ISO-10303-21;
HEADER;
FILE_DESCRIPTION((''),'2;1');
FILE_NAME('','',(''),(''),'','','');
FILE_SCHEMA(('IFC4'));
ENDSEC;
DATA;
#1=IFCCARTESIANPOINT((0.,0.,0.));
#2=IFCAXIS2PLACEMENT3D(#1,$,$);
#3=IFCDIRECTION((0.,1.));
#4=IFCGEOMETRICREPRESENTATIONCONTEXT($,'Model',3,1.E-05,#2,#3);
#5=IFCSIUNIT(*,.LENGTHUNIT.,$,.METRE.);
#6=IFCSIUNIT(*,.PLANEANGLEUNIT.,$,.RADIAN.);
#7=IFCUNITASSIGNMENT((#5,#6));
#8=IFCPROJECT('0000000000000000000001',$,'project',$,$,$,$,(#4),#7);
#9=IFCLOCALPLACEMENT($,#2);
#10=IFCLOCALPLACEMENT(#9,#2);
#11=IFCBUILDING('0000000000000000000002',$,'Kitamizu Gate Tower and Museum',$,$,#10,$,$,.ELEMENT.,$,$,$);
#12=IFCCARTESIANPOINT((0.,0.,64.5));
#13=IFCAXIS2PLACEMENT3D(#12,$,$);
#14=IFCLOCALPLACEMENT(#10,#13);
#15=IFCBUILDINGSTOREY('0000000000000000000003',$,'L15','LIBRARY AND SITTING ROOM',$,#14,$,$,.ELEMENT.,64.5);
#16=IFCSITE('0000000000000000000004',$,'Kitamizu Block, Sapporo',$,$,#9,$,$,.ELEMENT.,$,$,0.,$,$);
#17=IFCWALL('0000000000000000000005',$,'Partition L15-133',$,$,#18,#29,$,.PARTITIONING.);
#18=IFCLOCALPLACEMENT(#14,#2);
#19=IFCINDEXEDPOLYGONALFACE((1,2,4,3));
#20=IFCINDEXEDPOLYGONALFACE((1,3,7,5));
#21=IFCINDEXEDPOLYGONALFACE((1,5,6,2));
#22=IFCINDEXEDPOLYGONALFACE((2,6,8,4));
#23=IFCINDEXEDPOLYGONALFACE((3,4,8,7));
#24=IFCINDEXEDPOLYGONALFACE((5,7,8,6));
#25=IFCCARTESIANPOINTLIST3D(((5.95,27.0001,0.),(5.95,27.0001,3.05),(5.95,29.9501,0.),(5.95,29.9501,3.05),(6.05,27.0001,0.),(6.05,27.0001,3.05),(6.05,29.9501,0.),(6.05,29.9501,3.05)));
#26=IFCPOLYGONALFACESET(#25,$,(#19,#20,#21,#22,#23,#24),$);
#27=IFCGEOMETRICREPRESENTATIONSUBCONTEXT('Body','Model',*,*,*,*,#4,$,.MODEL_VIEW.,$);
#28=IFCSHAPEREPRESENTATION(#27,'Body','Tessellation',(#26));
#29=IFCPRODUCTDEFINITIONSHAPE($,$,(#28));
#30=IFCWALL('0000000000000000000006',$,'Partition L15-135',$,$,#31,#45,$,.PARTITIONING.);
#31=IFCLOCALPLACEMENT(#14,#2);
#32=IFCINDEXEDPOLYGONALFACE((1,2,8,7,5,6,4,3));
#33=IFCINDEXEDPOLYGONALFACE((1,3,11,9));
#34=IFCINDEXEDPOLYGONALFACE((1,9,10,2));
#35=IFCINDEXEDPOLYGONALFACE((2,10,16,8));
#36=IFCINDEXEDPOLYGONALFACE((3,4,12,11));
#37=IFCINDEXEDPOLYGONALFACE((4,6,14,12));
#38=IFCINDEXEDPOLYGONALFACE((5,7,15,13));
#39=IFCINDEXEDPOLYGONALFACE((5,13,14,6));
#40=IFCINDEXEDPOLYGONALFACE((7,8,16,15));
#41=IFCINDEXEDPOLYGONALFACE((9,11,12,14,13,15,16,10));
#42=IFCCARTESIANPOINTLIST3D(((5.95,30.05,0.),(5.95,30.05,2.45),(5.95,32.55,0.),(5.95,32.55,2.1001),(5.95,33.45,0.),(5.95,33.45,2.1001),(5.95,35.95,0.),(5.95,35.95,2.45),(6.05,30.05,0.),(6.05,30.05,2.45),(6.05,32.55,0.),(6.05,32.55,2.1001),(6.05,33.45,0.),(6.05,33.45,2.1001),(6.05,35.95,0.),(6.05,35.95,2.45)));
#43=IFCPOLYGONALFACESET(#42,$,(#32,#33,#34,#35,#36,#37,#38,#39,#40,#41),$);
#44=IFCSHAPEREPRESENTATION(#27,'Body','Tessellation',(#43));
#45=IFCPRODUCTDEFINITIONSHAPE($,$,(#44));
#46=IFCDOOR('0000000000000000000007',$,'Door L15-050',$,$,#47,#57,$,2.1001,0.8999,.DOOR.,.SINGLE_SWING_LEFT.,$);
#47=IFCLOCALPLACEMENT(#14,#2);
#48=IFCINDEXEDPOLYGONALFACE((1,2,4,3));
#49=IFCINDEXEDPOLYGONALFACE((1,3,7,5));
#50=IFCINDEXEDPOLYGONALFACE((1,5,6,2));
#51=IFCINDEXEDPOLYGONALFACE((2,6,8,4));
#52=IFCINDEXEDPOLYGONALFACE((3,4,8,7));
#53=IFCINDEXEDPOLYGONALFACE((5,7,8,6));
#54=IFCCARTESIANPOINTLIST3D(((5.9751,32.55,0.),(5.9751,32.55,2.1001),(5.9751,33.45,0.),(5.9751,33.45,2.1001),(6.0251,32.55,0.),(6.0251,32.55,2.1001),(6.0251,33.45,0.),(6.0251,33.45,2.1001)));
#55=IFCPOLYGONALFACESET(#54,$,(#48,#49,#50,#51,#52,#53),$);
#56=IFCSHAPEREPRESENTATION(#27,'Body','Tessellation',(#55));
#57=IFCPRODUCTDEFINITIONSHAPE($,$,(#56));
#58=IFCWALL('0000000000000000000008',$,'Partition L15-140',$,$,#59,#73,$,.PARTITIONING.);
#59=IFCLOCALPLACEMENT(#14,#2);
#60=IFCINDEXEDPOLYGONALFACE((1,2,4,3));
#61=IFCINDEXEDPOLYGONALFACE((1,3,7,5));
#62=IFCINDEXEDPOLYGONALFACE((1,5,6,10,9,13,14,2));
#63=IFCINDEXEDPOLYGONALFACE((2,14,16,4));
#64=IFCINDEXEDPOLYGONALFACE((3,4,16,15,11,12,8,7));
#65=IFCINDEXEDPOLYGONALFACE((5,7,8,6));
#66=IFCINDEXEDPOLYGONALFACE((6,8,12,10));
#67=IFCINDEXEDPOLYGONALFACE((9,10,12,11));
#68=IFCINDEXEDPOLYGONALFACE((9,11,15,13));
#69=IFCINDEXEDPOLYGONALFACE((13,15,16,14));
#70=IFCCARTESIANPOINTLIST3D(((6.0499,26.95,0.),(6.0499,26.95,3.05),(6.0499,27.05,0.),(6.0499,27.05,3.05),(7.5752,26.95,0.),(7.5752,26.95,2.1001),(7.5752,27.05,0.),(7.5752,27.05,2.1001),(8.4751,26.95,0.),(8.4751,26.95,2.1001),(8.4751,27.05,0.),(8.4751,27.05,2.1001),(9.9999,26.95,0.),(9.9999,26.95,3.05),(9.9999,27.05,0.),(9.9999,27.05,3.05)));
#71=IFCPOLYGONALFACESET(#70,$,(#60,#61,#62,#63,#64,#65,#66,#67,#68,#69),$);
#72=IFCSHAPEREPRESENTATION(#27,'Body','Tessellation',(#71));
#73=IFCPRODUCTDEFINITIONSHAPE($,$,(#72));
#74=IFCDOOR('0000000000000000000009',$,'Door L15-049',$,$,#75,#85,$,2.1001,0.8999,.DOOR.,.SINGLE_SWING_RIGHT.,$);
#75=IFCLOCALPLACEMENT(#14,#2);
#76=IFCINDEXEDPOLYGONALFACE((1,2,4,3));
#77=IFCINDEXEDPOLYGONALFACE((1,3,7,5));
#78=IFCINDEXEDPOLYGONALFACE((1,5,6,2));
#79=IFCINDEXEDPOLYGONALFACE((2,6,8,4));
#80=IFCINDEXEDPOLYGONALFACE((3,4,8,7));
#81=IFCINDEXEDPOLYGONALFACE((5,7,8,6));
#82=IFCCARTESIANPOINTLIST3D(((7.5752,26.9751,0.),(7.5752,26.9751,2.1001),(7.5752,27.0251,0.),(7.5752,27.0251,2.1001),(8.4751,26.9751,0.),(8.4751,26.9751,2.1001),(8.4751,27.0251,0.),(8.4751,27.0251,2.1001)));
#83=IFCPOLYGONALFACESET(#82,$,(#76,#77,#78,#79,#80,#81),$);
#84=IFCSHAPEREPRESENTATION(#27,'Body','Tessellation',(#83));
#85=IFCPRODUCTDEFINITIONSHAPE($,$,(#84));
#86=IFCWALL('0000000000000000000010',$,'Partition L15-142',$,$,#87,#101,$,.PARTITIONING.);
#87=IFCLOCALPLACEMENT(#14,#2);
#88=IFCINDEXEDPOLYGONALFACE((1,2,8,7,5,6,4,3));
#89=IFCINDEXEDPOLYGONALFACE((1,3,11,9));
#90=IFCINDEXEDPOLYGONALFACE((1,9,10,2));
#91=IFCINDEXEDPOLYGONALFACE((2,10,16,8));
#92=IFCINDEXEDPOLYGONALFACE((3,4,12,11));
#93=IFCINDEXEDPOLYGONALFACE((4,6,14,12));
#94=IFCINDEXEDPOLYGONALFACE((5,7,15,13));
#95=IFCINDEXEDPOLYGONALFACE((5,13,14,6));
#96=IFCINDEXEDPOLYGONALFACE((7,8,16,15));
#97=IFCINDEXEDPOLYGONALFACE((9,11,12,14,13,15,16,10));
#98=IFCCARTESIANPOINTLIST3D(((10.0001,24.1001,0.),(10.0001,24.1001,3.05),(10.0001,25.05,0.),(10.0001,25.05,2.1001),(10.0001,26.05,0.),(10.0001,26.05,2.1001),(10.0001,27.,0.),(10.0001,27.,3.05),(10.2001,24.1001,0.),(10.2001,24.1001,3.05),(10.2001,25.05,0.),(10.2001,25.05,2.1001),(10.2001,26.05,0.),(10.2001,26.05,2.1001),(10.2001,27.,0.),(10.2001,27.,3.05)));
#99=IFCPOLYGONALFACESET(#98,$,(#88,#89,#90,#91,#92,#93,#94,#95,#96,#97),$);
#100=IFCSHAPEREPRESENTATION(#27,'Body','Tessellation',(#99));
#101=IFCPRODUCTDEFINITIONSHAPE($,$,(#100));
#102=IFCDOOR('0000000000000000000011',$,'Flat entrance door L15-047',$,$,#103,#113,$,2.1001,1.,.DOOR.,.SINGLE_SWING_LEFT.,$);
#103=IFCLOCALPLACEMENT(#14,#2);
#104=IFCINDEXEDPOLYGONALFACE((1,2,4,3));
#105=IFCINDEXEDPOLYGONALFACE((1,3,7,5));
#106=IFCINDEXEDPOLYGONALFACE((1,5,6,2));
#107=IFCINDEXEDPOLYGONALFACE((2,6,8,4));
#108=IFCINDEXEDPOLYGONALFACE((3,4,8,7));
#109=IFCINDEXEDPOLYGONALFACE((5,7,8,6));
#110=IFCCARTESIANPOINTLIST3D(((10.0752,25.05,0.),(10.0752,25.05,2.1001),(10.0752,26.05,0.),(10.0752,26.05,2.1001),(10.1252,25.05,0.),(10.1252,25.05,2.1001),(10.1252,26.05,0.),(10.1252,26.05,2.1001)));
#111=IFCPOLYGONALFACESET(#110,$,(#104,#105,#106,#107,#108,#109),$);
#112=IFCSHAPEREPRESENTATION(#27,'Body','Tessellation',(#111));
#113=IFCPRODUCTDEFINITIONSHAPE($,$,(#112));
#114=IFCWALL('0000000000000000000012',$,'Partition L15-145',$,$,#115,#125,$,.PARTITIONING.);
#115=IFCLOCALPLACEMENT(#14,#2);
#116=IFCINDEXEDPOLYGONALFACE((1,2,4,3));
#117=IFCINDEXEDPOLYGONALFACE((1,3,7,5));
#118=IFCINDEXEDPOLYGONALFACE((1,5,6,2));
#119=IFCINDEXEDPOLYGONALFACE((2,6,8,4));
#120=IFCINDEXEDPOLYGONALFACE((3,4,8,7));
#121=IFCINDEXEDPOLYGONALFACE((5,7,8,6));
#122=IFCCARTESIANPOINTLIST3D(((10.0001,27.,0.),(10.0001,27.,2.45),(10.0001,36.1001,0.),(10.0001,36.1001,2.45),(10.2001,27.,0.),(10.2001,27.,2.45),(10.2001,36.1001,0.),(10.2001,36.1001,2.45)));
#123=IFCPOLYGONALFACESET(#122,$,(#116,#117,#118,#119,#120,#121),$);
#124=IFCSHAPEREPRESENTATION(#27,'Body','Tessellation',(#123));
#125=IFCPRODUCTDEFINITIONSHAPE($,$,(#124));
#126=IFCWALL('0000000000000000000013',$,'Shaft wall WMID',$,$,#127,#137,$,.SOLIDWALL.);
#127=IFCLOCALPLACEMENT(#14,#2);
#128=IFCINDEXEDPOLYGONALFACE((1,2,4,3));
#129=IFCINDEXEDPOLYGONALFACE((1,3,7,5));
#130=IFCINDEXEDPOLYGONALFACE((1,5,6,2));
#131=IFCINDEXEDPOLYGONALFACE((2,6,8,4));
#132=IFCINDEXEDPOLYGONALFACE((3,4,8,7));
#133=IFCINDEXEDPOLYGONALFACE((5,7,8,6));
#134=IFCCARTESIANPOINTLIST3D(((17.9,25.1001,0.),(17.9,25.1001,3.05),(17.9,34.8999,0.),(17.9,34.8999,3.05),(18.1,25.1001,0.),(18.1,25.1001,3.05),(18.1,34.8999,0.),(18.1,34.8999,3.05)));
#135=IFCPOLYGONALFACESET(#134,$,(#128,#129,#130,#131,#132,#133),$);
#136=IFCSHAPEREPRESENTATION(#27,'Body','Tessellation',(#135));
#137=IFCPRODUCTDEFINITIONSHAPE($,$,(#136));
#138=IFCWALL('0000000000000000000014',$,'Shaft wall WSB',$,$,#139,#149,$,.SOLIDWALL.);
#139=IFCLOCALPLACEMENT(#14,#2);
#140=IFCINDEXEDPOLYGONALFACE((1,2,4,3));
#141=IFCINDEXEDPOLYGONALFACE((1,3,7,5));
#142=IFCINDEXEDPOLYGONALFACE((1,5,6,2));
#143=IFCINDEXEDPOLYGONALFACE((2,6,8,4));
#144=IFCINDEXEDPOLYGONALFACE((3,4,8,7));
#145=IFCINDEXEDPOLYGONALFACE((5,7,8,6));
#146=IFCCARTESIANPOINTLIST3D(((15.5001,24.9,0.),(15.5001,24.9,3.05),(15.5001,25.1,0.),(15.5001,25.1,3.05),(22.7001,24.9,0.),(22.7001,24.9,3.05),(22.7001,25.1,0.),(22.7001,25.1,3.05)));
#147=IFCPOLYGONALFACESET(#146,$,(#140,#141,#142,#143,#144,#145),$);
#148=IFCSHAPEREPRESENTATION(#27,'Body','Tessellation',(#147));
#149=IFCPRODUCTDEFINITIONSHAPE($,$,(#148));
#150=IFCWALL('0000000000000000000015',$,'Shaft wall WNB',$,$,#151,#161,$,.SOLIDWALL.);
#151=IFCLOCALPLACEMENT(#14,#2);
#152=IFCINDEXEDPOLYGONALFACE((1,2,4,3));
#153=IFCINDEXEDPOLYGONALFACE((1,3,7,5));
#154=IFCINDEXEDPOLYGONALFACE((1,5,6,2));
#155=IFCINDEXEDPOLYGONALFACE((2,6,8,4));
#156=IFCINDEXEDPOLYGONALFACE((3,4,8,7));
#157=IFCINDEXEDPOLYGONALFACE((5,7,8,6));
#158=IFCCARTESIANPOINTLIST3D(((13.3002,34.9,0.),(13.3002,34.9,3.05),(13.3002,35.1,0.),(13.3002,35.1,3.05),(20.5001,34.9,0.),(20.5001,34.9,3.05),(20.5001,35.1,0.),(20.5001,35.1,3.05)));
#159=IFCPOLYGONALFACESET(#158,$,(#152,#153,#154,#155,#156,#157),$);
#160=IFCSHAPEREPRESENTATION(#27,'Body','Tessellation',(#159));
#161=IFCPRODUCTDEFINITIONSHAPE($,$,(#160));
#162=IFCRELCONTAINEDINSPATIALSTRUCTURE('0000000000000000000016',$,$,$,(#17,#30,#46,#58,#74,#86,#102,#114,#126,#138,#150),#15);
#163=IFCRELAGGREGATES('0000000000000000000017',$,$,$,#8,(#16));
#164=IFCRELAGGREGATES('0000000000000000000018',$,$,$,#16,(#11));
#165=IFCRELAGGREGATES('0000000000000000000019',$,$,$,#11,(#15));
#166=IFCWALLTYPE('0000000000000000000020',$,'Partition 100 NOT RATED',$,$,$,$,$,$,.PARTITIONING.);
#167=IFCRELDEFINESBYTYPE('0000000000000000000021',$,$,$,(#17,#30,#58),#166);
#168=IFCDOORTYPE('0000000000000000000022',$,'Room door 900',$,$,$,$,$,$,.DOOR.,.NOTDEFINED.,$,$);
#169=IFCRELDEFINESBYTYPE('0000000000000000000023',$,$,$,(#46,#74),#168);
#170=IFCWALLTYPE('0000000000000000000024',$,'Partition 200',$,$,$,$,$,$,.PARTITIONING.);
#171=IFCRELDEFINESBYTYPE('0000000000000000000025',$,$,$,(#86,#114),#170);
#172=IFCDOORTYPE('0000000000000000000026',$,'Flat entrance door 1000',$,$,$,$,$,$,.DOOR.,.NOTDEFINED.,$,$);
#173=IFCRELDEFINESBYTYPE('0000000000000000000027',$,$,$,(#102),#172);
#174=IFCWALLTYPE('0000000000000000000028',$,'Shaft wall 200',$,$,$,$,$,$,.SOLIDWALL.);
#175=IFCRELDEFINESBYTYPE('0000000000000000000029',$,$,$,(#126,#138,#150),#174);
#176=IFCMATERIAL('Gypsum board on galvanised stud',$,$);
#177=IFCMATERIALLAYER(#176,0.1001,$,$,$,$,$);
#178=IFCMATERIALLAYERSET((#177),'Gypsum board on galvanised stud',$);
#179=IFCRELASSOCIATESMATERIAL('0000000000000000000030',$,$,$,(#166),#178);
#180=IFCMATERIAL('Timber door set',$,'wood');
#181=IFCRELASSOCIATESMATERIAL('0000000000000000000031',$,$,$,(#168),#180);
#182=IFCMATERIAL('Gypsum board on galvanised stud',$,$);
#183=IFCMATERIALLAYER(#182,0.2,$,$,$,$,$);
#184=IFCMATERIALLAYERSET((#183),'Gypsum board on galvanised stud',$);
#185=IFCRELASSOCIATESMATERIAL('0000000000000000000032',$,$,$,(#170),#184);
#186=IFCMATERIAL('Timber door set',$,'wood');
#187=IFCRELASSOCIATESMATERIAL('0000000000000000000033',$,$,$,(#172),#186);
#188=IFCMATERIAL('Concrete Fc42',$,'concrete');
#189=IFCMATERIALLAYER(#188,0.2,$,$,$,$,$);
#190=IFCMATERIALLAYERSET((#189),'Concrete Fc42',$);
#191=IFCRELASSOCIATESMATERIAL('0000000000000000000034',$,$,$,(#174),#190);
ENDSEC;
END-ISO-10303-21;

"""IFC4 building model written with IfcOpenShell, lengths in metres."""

from ifc_helpers import new_model, si_unit, direction, frame, frame_2d, origin, place, context, subcontext, project, spatial, rectangle, extrude, material, layer, layer_set, type_object, element, fill, save


model = new_model("IFC4")

# Units and contexts
model_context = context("Model", 3, precision=1e-05, world=origin(), true_north=direction((0.0, 1.0)))
body_context = subcontext(model_context, "Body", "Model", "MODEL_VIEW")
ifc_project = project(units=[si_unit("LENGTHUNIT", "METRE"), si_unit("PLANEANGLEUNIT", "RADIAN")], contexts=[model_context])

# Site, building, storey
site_placement = place(None, origin())
site = spatial("IfcSite", under=ifc_project, at=site_placement, Name="Kitamizu Block, Sapporo", CompositionType="ELEMENT", RefElevation=0.0)
building_placement = place(site_placement, origin())
building = spatial("IfcBuilding", under=site, at=building_placement, Name="Kitamizu Gate Tower and Museum", CompositionType="ELEMENT")
storey_placement = place(building_placement, frame((0.0, 0.0, 64.5)))
storey = spatial("IfcBuildingStorey", under=building, at=storey_placement, Name="L15", Description="LIBRARY AND SITTING ROOM", CompositionType="ELEMENT", Elevation=64.5)

# Wall
ifc_material_1 = material(Name="Gypsum board on galvanised stud")
ifc_layer_1 = layer(ifc_material_1, 0.1001)
ifc_layer_set_1 = layer_set([ifc_layer_1], Name="Gypsum board on galvanised stud")
wall_type_1 = type_object("IfcWallType", Name="Partition 100 NOT RATED", PredefinedType="PARTITIONING", material=ifc_layer_set_1)
wall_1_placement = place(storey_placement, frame((6.0, 27.0, 0.0), z_axis=(0.0, 0.0, 1.0), x_axis=(0.0, 1.0, 0.0)))
element("IfcWall", 1, at=wall_1_placement, inside=storey, type_object=wall_type_1, Name="Partition L15-133", PredefinedType="PARTITIONING", context=body_context, shape_type="SweptSolid", body=[
    extrude(rectangle(XDim=2.95, YDim=0.1001, at=frame_2d((1.4751, 0.0))), origin(), (0.0, 0.0, 1.0), 3.05),
])

# Walls, openings, doors
wall_2_placement = place(storey_placement, frame((6.0, 30.05, 0.0), z_axis=(0.0, 0.0, 1.0), x_axis=(0.0, 1.0, 0.0)))
wall_2 = element("IfcWall", 2, at=wall_2_placement, inside=storey, type_object=wall_type_1, Name="Partition L15-135", PredefinedType="PARTITIONING", context=body_context, shape_type="SweptSolid", body=[
    extrude(rectangle(XDim=5.8999, YDim=0.1001, at=frame_2d((2.95, 0.0))), origin(), (0.0, 0.0, 1.0), 2.45),
])
opening_1_placement = place(wall_2_placement, frame((2.5, 0.0, 0.0)))
opening_1 = element("IfcOpeningElement", 3, at=opening_1_placement, cuts=wall_2, PredefinedType="OPENING", context=body_context, shape_type="SweptSolid", body=[
    extrude(rectangle(XDim=0.8999, YDim=2.1001, at=frame_2d((0.45, 1.05))), frame((0.0, 0.0601, 0.0), z_axis=(0.0, -1.0, 0.0), x_axis=(1.0, 0.0, 0.0)), (0.0, 0.0, 1.0), 0.1201),
])
ifc_material_2 = material(Name="Timber door set", Category="wood")
door_type_1 = type_object("IfcDoorType", Name="Room door 900", OperationType="NOTDEFINED", PredefinedType="DOOR", material=ifc_material_2)
door_1_placement = place(opening_1_placement, origin())
door_1 = element("IfcDoor", 4, at=door_1_placement, inside=storey, type_object=door_type_1, Name="Door L15-050", OperationType="SINGLE_SWING_LEFT", OverallHeight=2.1001, OverallWidth=0.8999, PredefinedType="DOOR", context=body_context, shape_type="SweptSolid", body=[
    extrude(rectangle(XDim=0.8999, YDim=2.1001, at=frame_2d((0.45, 1.05))), frame((0.0, 0.0249, 0.0), z_axis=(0.0, -1.0, 0.0), x_axis=(1.0, 0.0, 0.0)), (0.0, 0.0, 1.0), 0.05),
])
fill(opening_1, door_1)
wall_3_placement = place(storey_placement, frame((10.0, 27.0, 0.0), z_axis=(0.0, 0.0, 1.0), x_axis=(-1.0, 0.0, 0.0)))
wall_3 = element("IfcWall", 5, at=wall_3_placement, inside=storey, type_object=wall_type_1, Name="Partition L15-140", PredefinedType="PARTITIONING", context=body_context, shape_type="SweptSolid", body=[
    extrude(rectangle(XDim=3.95, YDim=0.1001, at=frame_2d((1.9751, 0.0))), origin(), (0.0, 0.0, 1.0), 3.05),
])
opening_2_placement = place(wall_3_placement, frame((1.5249, 0.0, 0.0)))
opening_2 = element("IfcOpeningElement", 6, at=opening_2_placement, cuts=wall_3, PredefinedType="OPENING", context=body_context, shape_type="SweptSolid", body=[
    extrude(rectangle(XDim=0.8999, YDim=2.1001, at=frame_2d((0.45, 1.05))), frame((0.0, 0.0601, 0.0), z_axis=(0.0, -1.0, 0.0), x_axis=(1.0, 0.0, 0.0)), (0.0, 0.0, 1.0), 0.1201),
])
door_2_placement = place(opening_2_placement, origin())
door_2 = element("IfcDoor", 7, at=door_2_placement, inside=storey, type_object=door_type_1, Name="Door L15-049", OperationType="SINGLE_SWING_RIGHT", OverallHeight=2.1001, OverallWidth=0.8999, PredefinedType="DOOR", context=body_context, shape_type="SweptSolid", body=[
    extrude(rectangle(XDim=0.8999, YDim=2.1001, at=frame_2d((0.45, 1.05))), frame((0.0, 0.0249, 0.0), z_axis=(0.0, -1.0, 0.0), x_axis=(1.0, 0.0, 0.0)), (0.0, 0.0, 1.0), 0.05),
])
fill(opening_2, door_2)
ifc_material_3 = material(Name="Gypsum board on galvanised stud")
ifc_layer_2 = layer(ifc_material_3, 0.2)
ifc_layer_set_2 = layer_set([ifc_layer_2], Name="Gypsum board on galvanised stud")
wall_type_2 = type_object("IfcWallType", Name="Partition 200", PredefinedType="PARTITIONING", material=ifc_layer_set_2)
wall_4_placement = place(storey_placement, frame((10.1001, 24.1001, 0.0), z_axis=(0.0, 0.0, 1.0), x_axis=(0.0, 1.0, 0.0)))
wall_4 = element("IfcWall", 8, at=wall_4_placement, inside=storey, type_object=wall_type_2, Name="Partition L15-142", PredefinedType="PARTITIONING", context=body_context, shape_type="SweptSolid", body=[
    extrude(rectangle(XDim=2.8999, YDim=0.2, at=frame_2d((1.45, 0.0))), origin(), (0.0, 0.0, 1.0), 3.05),
])
opening_3_placement = place(wall_4_placement, frame((0.95, 0.0, 0.0)))
opening_3 = element("IfcOpeningElement", 9, at=opening_3_placement, cuts=wall_4, PredefinedType="OPENING", context=body_context, shape_type="SweptSolid", body=[
    extrude(rectangle(XDim=1.0, YDim=2.1001, at=frame_2d((0.5, 1.05))), frame((0.0, 0.1099, 0.0), z_axis=(0.0, -1.0, 0.0), x_axis=(1.0, 0.0, 0.0)), (0.0, 0.0, 1.0), 0.22),
])
ifc_material_4 = material(Name="Timber door set", Category="wood")
door_type_2 = type_object("IfcDoorType", Name="Flat entrance door 1000", OperationType="NOTDEFINED", PredefinedType="DOOR", material=ifc_material_4)
door_3_placement = place(opening_3_placement, origin())
door_3 = element("IfcDoor", 10, at=door_3_placement, inside=storey, type_object=door_type_2, Name="Flat entrance door L15-047", OperationType="SINGLE_SWING_LEFT", OverallHeight=2.1001, OverallWidth=1.0, PredefinedType="DOOR", context=body_context, shape_type="SweptSolid", body=[
    extrude(rectangle(XDim=1.0, YDim=2.1001, at=frame_2d((0.5, 1.05))), frame((0.0, 0.0249, 0.0), z_axis=(0.0, -1.0, 0.0), x_axis=(1.0, 0.0, 0.0)), (0.0, 0.0, 1.0), 0.05),
])
fill(opening_3, door_3)

# Walls
wall_5_placement = place(storey_placement, frame((10.1001, 27.0, 0.0), z_axis=(0.0, 0.0, 1.0), x_axis=(0.0, 1.0, 0.0)))
element("IfcWall", 11, at=wall_5_placement, inside=storey, type_object=wall_type_2, Name="Partition L15-145", PredefinedType="PARTITIONING", context=body_context, shape_type="SweptSolid", body=[
    extrude(rectangle(XDim=9.1001, YDim=0.2, at=frame_2d((4.55, 0.0))), origin(), (0.0, 0.0, 1.0), 2.45),
])
ifc_material_5 = material(Name="Concrete Fc42", Category="concrete")
ifc_layer_3 = layer(ifc_material_5, 0.2)
ifc_layer_set_3 = layer_set([ifc_layer_3], Name="Concrete Fc42")
wall_type_3 = type_object("IfcWallType", Name="Shaft wall 200", PredefinedType="SOLIDWALL", material=ifc_layer_set_3)
wall_6_placement = place(storey_placement, frame((18.0, 25.1001, 0.0), z_axis=(0.0, 0.0, 1.0), x_axis=(0.0, 1.0, 0.0)))
element("IfcWall", 12, at=wall_6_placement, inside=storey, type_object=wall_type_3, Name="Shaft wall WMID", PredefinedType="SOLIDWALL", context=body_context, shape_type="SweptSolid", body=[
    extrude(rectangle(XDim=9.7998, YDim=0.2, at=frame_2d((4.8999, 0.0))), origin(), (0.0, 0.0, 1.0), 3.05),
])
for number, where, z_axis, x_axis, name in (
    (13, (15.5, 25.0, 0.0), (0.0, 0.0, 1.0), (1.0, 0.0, 0.0), "Shaft wall WSB"),
    (14, (13.3, 35.0, 0.0), (0.0, 0.0, 1.0), (1.0, 0.0, 0.0), "Shaft wall WNB"),
):
    element("IfcWall", number, at=place(storey_placement, frame(where, z_axis=z_axis, x_axis=x_axis)), inside=storey, type_object=wall_type_3, Name=name, PredefinedType="SOLIDWALL", context=body_context, shape_type="SweptSolid", body=[
        extrude(rectangle(XDim=7.2, YDim=0.2, at=frame_2d((3.6001, 0.0))), origin(), (0.0, 0.0, 1.0), 3.05),
    ])

save(model, "model.ifc")
